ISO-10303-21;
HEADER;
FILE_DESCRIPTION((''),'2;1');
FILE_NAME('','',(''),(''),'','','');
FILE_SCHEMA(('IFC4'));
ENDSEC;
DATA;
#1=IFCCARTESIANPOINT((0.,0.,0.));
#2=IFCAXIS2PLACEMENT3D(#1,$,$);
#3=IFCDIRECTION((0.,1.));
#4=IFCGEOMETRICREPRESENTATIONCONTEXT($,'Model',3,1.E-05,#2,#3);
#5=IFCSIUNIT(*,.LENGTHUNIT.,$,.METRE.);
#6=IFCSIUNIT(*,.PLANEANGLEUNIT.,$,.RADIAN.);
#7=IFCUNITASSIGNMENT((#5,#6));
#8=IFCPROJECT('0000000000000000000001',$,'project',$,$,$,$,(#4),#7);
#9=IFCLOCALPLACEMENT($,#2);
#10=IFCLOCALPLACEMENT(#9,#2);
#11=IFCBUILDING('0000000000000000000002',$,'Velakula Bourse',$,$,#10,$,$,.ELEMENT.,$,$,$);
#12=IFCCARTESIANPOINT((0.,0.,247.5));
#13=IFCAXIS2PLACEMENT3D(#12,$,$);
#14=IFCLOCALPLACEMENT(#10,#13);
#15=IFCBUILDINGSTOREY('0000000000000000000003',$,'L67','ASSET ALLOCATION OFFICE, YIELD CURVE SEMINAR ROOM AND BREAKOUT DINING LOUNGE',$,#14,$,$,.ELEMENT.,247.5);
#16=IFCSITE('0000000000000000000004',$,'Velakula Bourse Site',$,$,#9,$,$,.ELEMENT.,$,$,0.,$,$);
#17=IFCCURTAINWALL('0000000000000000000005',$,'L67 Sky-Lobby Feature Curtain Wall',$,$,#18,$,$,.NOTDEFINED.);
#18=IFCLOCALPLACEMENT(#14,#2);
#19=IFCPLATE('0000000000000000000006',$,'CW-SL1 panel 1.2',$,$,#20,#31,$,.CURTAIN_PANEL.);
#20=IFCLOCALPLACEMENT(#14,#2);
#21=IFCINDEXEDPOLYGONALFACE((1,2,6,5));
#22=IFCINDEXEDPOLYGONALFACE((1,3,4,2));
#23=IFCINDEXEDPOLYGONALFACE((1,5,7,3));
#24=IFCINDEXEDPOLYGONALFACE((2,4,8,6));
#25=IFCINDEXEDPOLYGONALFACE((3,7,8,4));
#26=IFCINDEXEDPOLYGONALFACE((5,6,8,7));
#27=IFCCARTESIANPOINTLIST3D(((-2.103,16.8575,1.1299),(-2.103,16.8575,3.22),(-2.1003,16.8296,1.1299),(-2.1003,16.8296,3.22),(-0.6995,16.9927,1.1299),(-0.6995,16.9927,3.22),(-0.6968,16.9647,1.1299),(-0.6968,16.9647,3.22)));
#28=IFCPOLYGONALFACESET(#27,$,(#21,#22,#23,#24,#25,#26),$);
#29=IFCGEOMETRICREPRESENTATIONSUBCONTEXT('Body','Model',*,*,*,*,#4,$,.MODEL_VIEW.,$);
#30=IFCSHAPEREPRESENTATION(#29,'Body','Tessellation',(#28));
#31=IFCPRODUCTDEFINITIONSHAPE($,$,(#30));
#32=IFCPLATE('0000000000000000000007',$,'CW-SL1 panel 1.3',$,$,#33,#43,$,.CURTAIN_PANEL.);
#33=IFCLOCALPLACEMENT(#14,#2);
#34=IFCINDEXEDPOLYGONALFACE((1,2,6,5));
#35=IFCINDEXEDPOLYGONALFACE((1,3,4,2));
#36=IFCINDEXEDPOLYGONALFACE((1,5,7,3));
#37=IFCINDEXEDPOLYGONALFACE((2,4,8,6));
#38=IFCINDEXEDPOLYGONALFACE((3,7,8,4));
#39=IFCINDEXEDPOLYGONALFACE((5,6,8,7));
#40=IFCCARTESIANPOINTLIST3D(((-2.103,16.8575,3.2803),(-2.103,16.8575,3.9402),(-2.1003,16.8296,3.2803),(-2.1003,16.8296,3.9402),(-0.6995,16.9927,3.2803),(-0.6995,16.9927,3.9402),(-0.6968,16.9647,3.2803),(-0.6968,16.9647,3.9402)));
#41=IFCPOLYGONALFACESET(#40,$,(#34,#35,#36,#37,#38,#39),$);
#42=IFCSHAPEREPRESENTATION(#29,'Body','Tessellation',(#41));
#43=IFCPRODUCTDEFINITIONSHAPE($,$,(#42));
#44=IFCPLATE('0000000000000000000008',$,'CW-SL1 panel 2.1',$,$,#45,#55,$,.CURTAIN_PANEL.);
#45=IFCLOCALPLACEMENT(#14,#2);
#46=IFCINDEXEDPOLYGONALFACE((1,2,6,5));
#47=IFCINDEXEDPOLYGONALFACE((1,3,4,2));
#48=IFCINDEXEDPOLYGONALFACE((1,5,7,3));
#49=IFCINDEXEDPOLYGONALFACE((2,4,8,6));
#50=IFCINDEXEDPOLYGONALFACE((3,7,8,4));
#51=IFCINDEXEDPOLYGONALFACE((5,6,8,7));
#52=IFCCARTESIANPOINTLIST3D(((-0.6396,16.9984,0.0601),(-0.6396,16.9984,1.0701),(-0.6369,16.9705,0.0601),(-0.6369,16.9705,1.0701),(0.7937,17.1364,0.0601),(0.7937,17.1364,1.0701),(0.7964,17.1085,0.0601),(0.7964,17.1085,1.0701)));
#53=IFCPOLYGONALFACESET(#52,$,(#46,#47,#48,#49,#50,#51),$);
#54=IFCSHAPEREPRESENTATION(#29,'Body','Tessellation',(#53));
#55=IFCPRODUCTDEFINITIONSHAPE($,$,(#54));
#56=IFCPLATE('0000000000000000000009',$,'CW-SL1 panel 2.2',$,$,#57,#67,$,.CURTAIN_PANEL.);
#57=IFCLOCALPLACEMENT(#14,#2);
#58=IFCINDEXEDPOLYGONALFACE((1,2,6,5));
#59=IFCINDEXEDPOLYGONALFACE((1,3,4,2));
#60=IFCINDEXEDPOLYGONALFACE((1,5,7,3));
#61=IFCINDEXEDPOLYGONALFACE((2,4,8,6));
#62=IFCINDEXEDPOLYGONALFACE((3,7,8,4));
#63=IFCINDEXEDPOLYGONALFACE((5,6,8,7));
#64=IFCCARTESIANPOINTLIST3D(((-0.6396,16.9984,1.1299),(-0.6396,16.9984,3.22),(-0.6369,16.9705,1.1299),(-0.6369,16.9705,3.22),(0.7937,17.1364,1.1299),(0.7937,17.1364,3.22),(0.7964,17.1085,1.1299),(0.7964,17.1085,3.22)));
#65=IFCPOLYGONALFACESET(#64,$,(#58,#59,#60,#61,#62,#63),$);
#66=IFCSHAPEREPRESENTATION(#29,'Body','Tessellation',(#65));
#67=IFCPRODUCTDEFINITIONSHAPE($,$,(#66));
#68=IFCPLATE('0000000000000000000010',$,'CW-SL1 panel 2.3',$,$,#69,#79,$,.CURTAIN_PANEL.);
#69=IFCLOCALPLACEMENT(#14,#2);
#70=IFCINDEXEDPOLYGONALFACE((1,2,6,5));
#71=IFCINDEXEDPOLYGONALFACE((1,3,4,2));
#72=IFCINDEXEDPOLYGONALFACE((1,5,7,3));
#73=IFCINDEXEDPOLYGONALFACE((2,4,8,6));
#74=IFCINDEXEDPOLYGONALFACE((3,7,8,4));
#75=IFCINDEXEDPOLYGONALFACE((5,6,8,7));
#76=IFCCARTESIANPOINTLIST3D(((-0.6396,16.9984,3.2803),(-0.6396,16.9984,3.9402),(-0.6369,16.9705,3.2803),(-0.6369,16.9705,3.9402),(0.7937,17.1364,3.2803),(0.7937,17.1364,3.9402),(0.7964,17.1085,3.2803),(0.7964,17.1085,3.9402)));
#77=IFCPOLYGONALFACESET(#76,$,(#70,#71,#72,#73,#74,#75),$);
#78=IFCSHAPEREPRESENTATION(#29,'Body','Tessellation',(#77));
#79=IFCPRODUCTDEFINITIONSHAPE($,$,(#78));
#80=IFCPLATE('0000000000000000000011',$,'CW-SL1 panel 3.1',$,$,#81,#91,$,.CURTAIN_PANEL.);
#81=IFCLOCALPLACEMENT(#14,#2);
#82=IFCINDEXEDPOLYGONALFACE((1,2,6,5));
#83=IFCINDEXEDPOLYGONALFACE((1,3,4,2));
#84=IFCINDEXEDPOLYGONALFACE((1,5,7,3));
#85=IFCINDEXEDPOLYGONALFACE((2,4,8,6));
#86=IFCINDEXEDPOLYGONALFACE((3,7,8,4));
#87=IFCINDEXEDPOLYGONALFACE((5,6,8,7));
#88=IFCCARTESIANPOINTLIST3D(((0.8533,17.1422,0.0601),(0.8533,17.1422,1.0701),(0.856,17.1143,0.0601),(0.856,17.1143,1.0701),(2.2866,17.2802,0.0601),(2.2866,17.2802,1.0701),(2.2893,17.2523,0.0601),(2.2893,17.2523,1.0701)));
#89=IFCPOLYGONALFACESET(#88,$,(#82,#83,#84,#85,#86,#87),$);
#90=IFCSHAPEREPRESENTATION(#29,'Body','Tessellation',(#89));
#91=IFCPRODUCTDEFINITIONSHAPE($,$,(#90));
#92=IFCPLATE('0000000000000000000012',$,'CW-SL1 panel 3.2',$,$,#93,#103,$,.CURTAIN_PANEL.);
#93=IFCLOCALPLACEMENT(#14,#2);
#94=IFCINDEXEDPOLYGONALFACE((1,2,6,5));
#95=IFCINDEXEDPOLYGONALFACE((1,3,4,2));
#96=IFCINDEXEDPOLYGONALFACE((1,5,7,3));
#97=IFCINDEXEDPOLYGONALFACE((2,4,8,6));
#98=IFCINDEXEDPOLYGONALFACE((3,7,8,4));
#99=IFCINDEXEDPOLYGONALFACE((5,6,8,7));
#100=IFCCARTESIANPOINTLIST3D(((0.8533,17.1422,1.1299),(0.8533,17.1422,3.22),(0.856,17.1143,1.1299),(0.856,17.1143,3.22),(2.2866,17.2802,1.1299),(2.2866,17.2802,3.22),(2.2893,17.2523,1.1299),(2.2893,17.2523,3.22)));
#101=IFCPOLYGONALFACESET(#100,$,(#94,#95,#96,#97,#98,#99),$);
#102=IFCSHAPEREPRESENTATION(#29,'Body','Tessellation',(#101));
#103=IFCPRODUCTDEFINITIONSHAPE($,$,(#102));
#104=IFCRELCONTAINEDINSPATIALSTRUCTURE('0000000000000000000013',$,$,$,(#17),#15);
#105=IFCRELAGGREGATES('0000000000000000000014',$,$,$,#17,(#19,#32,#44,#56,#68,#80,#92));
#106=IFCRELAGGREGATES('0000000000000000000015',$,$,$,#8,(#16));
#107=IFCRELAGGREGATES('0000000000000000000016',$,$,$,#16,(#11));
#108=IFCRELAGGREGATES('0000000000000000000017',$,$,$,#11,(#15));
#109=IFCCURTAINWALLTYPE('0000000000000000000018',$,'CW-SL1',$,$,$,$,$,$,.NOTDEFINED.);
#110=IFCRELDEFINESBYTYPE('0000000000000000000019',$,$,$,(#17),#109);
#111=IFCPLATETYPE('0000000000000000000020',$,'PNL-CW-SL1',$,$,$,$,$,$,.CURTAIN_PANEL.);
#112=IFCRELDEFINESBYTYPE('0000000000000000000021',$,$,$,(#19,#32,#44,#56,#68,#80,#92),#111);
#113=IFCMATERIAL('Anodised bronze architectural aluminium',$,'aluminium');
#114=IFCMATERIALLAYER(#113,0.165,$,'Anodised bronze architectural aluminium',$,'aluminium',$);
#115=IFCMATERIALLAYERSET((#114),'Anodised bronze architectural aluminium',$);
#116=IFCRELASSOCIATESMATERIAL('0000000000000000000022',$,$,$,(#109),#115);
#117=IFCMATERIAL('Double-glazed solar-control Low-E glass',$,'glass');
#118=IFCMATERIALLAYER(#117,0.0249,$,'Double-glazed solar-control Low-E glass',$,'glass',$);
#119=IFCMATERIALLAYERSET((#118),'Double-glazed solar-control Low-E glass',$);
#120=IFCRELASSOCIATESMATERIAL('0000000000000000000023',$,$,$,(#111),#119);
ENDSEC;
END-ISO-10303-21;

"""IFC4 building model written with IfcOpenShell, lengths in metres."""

from ifc_helpers import new_model, si_unit, direction, frame, origin, origin_2d, place, context, subcontext, project, spatial, rectangle, extrude, material, layer, layer_set, type_object, element, aggregate, save


model = new_model("IFC4")

# Units and contexts
model_context = context("Model", 3, precision=1e-05, world=origin(), true_north=direction((0.0, 1.0)))
body_context = subcontext(model_context, "Body", "Model", "MODEL_VIEW")
ifc_project = project(units=[si_unit("LENGTHUNIT", "METRE"), si_unit("PLANEANGLEUNIT", "RADIAN")], contexts=[model_context])

# Site, building, storey
site_placement = place(None, origin())
site = spatial("IfcSite", under=ifc_project, at=site_placement, Name="Velakula Bourse Site", CompositionType="ELEMENT", RefElevation=0.0)
building_placement = place(site_placement, origin())
building = spatial("IfcBuilding", under=site, at=building_placement, Name="Velakula Bourse", CompositionType="ELEMENT")
storey_placement = place(building_placement, frame((0.0, 0.0, 247.5)))
storey = spatial("IfcBuildingStorey", under=building, at=storey_placement, Name="L67", Description="ASSET ALLOCATION OFFICE, YIELD CURVE SEMINAR ROOM AND BREAKOUT DINING LOUNGE", CompositionType="ELEMENT", Elevation=247.5)

# Curtain wall, plates
ifc_material_1 = material(Name="Anodised bronze architectural aluminium", Category="aluminium")
ifc_layer_1 = layer(ifc_material_1, 0.165, Name="Anodised bronze architectural aluminium", Category="aluminium")
ifc_layer_set_1 = layer_set([ifc_layer_1], Name="Anodised bronze architectural aluminium")
curtain_wall_type = type_object("IfcCurtainWallType", Name="CW-SL1", PredefinedType="NOTDEFINED", material=ifc_layer_set_1)
curtain_wall_placement = place(storey_placement, origin())
curtain_wall = element("IfcCurtainWall", 1, at=curtain_wall_placement, inside=storey, type_object=curtain_wall_type, Name="L67 Sky-Lobby Feature Curtain Wall", PredefinedType="NOTDEFINED")
ifc_material_2 = material(Name="Double-glazed solar-control Low-E glass", Category="glass")
ifc_layer_2 = layer(ifc_material_2, 0.0249, Name="Double-glazed solar-control Low-E glass", Category="glass")
ifc_layer_set_2 = layer_set([ifc_layer_2], Name="Double-glazed solar-control Low-E glass")
plate_type = type_object("IfcPlateType", Name="PNL-CW-SL1", PredefinedType="CURTAIN_PANEL", material=ifc_layer_set_2)
plate_1_placement = place(storey_placement, frame((-1.3999, 16.9111, 1.1299), z_axis=(0.0, 0.0, 1.0), x_axis=(0.995396, 0.095844, 0.0)))
plate_1 = element("IfcPlate", 2, at=plate_1_placement, type_object=plate_type, Name="CW-SL1 panel 1.2", PredefinedType="CURTAIN_PANEL", context=body_context, shape_type="SweptSolid", body=[
    extrude(rectangle(XDim=1.4099, YDim=0.0281, at=origin_2d()), origin(), (0.0, 0.0, 1.0), 2.0901),
])
plate_2_placement = place(storey_placement, frame((-1.3999, 16.9111, 3.2803), z_axis=(0.0, 0.0, 1.0), x_axis=(0.995396, 0.095844, 0.0)))
plate_2 = element("IfcPlate", 3, at=plate_2_placement, type_object=plate_type, Name="CW-SL1 panel 1.3", PredefinedType="CURTAIN_PANEL", context=body_context, shape_type="SweptSolid", body=[
    extrude(rectangle(XDim=1.4099, YDim=0.0281, at=origin_2d()), origin(), (0.0, 0.0, 1.0), 0.6599),
])
plate_3_placement = place(storey_placement, frame((0.0784, 17.0535, 0.0601), z_axis=(0.0, 0.0, 1.0), x_axis=(0.995396, 0.095844, 0.0)))
plate_3 = element("IfcPlate", 4, at=plate_3_placement, type_object=plate_type, Name="CW-SL1 panel 2.1", PredefinedType="CURTAIN_PANEL", context=body_context, shape_type="SweptSolid", body=[
    extrude(rectangle(XDim=1.4399, YDim=0.0281, at=origin_2d()), origin(), (0.0, 0.0, 1.0), 1.01),
])
plate_4_placement = place(storey_placement, frame((0.0784, 17.0535, 1.1299), z_axis=(0.0, 0.0, 1.0), x_axis=(0.995396, 0.095844, 0.0)))
plate_4 = element("IfcPlate", 5, at=plate_4_placement, type_object=plate_type, Name="CW-SL1 panel 2.2", PredefinedType="CURTAIN_PANEL", context=body_context, shape_type="SweptSolid", body=[
    extrude(rectangle(XDim=1.4399, YDim=0.0281, at=origin_2d()), origin(), (0.0, 0.0, 1.0), 2.0901),
])
plate_5_placement = place(storey_placement, frame((0.0784, 17.0535, 3.2803), z_axis=(0.0, 0.0, 1.0), x_axis=(0.995396, 0.095844, 0.0)))
plate_5 = element("IfcPlate", 6, at=plate_5_placement, type_object=plate_type, Name="CW-SL1 panel 2.3", PredefinedType="CURTAIN_PANEL", context=body_context, shape_type="SweptSolid", body=[
    extrude(rectangle(XDim=1.4399, YDim=0.0281, at=origin_2d()), origin(), (0.0, 0.0, 1.0), 0.6599),
])
plate_6_placement = place(storey_placement, frame((1.5713, 17.1973, 0.0601), z_axis=(0.0, 0.0, 1.0), x_axis=(0.995396, 0.095844, 0.0)))
plate_6 = element("IfcPlate", 7, at=plate_6_placement, type_object=plate_type, Name="CW-SL1 panel 3.1", PredefinedType="CURTAIN_PANEL", context=body_context, shape_type="SweptSolid", body=[
    extrude(rectangle(XDim=1.4399, YDim=0.0281, at=origin_2d()), origin(), (0.0, 0.0, 1.0), 1.01),
])
plate_7_placement = place(storey_placement, frame((1.5713, 17.1973, 1.1299), z_axis=(0.0, 0.0, 1.0), x_axis=(0.995396, 0.095844, 0.0)))
plate_7 = element("IfcPlate", 8, at=plate_7_placement, type_object=plate_type, Name="CW-SL1 panel 3.2", PredefinedType="CURTAIN_PANEL", context=body_context, shape_type="SweptSolid", body=[
    extrude(rectangle(XDim=1.4399, YDim=0.0281, at=origin_2d()), origin(), (0.0, 0.0, 1.0), 2.0901),
])
aggregate(curtain_wall, [plate_1, plate_2, plate_3, plate_4, plate_5, plate_6, plate_7])

save(model, "model.ifc")
